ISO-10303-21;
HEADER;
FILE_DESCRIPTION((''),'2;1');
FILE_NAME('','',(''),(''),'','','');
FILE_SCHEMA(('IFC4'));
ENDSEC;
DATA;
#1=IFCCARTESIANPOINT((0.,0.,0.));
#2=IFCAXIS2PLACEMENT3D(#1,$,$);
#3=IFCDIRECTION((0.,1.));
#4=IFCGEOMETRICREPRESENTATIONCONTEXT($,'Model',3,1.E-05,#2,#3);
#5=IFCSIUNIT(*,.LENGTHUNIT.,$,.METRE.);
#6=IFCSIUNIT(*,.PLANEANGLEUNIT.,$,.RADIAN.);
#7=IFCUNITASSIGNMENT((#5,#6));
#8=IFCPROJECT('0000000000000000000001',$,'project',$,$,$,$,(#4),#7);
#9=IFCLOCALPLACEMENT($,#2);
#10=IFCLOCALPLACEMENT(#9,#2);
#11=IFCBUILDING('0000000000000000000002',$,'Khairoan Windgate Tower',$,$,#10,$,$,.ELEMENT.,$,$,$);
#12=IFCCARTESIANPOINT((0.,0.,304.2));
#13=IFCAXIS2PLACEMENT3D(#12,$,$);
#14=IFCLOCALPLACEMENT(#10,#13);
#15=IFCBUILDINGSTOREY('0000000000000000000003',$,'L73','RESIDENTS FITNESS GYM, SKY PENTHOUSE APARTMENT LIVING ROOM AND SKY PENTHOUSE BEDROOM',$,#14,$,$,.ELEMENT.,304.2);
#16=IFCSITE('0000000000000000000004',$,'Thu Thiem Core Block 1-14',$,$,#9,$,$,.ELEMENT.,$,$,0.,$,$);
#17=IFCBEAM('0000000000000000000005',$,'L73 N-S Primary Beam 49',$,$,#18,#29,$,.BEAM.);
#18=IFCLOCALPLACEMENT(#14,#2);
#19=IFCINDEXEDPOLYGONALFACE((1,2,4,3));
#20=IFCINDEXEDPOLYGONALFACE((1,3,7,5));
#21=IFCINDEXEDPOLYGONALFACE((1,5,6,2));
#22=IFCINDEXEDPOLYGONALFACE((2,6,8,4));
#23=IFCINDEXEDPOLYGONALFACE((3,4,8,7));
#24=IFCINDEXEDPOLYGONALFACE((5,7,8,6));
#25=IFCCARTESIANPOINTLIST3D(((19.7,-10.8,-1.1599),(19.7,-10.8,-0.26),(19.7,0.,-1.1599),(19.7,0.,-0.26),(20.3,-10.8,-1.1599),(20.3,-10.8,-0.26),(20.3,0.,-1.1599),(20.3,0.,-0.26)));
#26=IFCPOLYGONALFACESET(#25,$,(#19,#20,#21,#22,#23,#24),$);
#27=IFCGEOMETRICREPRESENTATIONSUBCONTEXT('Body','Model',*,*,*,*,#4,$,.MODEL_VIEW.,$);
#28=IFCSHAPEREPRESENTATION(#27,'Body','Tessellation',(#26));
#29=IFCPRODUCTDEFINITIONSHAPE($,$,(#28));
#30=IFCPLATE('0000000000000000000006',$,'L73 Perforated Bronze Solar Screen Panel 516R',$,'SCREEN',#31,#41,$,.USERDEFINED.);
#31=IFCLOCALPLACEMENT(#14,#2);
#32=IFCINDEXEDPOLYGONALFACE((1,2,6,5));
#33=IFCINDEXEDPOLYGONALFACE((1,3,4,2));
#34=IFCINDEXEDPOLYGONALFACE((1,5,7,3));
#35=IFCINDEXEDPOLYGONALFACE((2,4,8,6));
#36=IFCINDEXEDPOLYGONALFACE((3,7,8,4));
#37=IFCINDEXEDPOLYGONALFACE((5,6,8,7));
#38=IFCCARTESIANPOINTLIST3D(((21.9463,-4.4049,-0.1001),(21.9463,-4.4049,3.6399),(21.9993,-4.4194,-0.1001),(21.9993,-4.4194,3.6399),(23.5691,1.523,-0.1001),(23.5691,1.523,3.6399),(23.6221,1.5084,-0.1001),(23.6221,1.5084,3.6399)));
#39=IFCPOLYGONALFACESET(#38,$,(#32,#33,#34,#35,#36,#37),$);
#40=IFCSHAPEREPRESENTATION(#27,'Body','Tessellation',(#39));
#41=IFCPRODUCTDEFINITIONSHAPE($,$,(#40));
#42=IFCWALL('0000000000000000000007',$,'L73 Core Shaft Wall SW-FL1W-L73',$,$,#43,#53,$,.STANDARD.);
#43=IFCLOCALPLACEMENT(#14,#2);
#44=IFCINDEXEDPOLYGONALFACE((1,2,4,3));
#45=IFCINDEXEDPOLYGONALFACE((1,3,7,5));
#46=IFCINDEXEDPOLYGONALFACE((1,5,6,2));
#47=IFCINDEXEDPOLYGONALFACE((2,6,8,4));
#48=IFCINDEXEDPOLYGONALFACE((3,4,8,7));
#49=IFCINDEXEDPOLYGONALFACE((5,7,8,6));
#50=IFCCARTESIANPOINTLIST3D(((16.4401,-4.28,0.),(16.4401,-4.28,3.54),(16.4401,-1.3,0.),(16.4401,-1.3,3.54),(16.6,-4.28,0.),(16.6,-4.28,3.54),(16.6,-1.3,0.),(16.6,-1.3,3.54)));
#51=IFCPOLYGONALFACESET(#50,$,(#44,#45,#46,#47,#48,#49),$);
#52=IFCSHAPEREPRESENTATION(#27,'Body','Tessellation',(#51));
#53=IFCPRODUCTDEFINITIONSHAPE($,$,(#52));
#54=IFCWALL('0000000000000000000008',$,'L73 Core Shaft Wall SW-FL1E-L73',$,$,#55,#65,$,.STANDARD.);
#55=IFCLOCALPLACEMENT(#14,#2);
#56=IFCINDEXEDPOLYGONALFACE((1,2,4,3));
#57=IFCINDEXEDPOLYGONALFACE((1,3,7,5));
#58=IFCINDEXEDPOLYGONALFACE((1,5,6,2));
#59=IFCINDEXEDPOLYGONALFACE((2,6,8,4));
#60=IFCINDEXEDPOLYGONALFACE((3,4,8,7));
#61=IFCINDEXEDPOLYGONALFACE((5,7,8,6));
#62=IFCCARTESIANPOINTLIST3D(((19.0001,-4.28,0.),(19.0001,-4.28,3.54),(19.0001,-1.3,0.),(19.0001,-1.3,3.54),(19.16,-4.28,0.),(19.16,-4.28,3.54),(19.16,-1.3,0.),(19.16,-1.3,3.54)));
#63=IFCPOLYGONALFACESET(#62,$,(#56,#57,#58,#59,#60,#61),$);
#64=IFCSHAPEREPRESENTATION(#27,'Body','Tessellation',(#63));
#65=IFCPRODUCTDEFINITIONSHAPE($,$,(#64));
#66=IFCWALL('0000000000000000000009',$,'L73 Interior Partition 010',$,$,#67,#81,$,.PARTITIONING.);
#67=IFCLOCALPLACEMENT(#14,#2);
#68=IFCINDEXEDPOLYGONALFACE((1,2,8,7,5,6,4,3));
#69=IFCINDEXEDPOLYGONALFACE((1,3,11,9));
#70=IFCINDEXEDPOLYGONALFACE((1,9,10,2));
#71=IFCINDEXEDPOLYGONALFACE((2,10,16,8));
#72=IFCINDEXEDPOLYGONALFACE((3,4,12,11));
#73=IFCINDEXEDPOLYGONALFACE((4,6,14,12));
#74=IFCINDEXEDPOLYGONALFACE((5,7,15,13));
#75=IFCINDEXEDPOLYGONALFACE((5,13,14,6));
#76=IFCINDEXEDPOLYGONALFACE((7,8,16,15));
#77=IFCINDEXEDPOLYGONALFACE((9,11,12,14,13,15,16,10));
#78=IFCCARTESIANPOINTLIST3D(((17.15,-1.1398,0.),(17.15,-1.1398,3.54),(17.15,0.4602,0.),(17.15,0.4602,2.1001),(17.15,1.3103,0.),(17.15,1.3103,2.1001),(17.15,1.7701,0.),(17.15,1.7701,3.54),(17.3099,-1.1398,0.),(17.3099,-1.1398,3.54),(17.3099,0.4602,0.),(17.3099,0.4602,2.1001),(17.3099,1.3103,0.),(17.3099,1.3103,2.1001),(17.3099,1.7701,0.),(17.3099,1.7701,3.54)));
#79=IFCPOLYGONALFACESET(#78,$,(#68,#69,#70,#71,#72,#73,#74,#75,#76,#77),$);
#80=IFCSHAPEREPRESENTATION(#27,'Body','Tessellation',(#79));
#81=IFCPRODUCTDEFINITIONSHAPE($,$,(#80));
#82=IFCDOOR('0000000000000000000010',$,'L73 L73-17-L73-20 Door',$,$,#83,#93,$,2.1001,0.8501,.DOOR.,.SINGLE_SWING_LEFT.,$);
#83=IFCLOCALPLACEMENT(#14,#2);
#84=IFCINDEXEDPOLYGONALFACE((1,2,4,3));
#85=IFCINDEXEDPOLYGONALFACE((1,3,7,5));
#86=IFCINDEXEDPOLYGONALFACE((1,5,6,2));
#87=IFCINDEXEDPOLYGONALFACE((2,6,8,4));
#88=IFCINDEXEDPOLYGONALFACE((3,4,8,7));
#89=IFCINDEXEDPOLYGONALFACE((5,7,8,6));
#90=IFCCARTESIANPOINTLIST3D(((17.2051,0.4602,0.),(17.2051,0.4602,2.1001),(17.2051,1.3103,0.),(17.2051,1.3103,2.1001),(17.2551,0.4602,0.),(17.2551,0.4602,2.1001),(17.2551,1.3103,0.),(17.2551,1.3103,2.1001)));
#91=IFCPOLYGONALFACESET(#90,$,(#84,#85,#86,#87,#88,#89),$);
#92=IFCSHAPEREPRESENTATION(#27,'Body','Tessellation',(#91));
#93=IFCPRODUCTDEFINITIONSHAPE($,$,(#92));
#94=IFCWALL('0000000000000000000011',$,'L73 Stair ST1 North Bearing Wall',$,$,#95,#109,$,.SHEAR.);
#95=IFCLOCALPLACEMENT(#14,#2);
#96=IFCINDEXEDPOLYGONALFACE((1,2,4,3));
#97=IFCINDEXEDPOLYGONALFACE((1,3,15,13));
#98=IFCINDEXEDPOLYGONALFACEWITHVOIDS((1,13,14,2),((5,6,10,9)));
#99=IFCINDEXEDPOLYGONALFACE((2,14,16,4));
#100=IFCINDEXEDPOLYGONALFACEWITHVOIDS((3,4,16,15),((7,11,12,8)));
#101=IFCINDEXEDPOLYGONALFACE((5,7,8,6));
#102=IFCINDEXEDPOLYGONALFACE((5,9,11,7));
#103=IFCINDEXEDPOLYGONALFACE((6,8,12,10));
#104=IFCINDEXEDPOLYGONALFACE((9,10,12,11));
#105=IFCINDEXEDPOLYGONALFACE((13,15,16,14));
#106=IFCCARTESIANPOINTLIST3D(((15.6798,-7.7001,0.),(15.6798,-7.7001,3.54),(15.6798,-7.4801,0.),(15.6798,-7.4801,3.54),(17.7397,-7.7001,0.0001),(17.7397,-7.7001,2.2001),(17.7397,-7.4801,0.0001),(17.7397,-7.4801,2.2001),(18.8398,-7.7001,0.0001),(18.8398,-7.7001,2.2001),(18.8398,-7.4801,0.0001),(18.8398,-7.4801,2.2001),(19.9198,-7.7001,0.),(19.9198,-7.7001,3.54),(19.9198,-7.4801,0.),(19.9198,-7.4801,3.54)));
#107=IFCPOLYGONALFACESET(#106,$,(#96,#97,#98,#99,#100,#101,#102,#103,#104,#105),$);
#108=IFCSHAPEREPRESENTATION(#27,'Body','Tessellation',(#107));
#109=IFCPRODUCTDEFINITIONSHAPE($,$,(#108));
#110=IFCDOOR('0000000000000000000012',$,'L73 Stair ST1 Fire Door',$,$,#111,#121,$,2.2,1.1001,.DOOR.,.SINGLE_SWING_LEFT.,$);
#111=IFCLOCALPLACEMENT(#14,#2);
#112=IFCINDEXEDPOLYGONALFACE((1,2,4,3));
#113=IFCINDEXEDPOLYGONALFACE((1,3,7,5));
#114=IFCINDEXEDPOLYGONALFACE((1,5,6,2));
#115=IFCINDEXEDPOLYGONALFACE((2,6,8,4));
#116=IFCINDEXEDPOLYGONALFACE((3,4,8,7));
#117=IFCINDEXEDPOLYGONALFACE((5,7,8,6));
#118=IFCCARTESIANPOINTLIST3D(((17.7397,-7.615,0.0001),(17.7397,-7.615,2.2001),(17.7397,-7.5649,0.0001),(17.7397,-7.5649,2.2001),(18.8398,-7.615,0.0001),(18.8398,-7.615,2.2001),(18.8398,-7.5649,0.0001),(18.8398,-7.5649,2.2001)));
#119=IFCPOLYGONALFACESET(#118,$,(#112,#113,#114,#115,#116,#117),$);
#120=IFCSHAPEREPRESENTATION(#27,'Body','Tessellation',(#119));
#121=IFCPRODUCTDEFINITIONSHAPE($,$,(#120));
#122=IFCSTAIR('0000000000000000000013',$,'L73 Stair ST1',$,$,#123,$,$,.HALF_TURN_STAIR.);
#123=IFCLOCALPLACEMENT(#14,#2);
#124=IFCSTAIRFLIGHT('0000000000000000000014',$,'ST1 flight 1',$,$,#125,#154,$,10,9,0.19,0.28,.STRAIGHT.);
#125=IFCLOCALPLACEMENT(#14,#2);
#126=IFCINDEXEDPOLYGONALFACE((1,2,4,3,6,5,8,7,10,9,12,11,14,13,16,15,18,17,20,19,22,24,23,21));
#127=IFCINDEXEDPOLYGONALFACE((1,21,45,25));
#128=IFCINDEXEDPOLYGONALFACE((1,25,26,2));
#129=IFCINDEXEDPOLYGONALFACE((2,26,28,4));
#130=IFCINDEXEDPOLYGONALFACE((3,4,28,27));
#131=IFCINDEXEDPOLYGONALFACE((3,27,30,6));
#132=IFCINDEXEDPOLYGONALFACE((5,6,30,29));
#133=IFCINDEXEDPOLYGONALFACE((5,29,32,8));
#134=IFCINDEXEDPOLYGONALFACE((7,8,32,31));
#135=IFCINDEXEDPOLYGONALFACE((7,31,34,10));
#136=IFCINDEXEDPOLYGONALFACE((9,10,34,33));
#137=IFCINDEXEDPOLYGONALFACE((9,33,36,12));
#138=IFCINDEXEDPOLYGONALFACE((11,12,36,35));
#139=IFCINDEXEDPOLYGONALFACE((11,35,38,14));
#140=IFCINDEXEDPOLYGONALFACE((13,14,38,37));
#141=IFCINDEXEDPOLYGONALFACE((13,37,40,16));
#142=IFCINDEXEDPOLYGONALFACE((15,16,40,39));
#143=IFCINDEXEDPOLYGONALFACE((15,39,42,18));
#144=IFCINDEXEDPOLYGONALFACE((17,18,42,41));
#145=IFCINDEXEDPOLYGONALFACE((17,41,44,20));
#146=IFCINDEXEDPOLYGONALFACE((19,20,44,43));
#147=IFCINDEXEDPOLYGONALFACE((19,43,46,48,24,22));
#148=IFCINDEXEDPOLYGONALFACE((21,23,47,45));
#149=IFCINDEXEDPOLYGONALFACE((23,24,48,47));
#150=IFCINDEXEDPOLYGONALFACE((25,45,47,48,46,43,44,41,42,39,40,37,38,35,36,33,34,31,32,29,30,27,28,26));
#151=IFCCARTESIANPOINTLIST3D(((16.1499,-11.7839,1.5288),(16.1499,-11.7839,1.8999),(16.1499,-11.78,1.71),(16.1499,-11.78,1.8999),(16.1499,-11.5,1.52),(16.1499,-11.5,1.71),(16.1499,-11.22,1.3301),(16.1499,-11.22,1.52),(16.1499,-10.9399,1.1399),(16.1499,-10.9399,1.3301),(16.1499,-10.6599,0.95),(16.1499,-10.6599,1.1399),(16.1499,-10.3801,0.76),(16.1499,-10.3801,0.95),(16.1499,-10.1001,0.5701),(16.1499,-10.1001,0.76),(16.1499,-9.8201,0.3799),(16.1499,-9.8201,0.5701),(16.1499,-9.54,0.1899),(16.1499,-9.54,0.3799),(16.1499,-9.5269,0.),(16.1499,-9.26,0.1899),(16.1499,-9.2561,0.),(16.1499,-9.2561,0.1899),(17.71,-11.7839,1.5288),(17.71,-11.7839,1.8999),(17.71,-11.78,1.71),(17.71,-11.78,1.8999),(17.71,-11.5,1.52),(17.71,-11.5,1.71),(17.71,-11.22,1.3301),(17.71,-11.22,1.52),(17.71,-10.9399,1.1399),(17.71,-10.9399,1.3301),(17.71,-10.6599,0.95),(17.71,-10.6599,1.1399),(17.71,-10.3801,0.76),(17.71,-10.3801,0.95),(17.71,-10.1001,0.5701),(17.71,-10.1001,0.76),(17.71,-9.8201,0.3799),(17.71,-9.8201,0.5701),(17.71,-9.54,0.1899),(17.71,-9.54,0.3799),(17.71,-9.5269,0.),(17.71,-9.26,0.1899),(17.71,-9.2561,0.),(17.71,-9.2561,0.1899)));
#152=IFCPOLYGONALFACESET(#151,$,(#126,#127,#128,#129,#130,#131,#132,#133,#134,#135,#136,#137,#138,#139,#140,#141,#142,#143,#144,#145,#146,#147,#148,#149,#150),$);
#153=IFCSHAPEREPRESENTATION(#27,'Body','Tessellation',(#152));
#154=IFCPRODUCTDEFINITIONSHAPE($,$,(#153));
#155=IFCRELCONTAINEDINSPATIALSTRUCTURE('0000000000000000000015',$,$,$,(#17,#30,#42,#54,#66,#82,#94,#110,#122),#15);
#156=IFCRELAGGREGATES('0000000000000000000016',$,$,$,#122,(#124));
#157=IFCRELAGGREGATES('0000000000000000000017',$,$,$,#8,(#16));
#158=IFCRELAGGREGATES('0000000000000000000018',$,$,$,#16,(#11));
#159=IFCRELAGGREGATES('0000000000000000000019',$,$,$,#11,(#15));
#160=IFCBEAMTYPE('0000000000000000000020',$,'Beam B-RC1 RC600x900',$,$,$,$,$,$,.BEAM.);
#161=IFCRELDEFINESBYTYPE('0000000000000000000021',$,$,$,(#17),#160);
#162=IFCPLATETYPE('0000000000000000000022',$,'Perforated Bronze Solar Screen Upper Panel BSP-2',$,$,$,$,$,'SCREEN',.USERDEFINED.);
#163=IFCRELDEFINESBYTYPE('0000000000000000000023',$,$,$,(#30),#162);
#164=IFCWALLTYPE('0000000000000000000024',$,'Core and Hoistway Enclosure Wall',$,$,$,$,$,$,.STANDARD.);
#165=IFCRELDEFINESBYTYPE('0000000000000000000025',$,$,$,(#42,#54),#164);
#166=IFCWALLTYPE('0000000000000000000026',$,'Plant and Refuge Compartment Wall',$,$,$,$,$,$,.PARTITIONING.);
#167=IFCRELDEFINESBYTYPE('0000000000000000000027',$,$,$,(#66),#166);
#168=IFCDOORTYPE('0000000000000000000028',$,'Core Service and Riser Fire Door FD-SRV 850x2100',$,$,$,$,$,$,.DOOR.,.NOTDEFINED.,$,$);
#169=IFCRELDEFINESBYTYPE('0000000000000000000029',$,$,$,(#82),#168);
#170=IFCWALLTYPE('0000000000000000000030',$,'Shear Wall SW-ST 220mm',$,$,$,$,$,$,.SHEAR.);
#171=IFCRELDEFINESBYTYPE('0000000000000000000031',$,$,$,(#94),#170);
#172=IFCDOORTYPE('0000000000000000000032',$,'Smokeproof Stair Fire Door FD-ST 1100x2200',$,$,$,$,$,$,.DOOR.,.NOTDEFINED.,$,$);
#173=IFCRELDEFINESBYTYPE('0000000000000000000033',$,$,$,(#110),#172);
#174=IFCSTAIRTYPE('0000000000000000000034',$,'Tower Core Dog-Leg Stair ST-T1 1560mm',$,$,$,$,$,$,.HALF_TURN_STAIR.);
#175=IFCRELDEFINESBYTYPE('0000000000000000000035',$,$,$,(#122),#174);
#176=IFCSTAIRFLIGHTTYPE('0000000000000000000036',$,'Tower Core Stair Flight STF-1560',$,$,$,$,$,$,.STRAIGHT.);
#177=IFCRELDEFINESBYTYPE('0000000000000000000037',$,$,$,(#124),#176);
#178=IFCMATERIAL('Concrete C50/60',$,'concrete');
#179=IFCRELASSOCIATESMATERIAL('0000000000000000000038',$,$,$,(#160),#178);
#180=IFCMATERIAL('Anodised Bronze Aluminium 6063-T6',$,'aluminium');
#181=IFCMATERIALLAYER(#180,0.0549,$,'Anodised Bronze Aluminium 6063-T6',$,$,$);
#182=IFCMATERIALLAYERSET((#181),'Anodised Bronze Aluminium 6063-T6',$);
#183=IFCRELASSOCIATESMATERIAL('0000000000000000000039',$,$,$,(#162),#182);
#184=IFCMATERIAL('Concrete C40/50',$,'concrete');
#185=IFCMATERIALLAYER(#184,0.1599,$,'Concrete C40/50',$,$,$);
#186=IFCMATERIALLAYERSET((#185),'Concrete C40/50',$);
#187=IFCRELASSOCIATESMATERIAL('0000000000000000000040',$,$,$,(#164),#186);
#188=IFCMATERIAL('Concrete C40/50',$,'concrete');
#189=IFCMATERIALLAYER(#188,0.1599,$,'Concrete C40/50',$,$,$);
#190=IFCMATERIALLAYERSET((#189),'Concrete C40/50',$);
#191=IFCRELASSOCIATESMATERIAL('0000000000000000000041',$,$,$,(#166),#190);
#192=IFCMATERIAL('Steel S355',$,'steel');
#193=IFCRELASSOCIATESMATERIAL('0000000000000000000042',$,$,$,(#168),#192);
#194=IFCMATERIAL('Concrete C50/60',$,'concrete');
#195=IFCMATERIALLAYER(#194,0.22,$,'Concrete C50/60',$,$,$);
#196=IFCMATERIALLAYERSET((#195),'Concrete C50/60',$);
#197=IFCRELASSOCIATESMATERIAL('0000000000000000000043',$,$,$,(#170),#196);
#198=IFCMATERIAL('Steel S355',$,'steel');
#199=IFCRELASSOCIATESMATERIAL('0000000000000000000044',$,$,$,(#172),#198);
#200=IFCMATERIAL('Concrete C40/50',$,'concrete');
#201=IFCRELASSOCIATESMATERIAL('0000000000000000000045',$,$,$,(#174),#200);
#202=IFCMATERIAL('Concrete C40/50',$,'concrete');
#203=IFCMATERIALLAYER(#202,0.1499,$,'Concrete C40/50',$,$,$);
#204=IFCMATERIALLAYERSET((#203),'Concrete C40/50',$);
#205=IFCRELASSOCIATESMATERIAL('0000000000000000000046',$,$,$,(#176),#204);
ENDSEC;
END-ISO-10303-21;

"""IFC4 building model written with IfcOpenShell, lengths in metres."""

from ifc_helpers import new_model, si_unit, direction, frame, frame_2d, origin, origin_2d, place, context, subcontext, project, spatial, polyline, rectangle, outline, extrude, material, layer, layer_set, material_profile, profile_set, type_object, element, fill, aggregate, save


model = new_model("IFC4")

# Units and contexts
model_context = context("Model", 3, precision=1e-05, world=origin(), true_north=direction((0.0, 1.0)))
body_context = subcontext(model_context, "Body", "Model", "MODEL_VIEW")
ifc_project = project(units=[si_unit("LENGTHUNIT", "METRE"), si_unit("PLANEANGLEUNIT", "RADIAN")], contexts=[model_context])

# Site, building, storey
site_placement = place(None, origin())
site = spatial("IfcSite", under=ifc_project, at=site_placement, Name="Thu Thiem Core Block 1-14", CompositionType="ELEMENT", RefElevation=0.0)
building_placement = place(site_placement, origin())
building = spatial("IfcBuilding", under=site, at=building_placement, Name="Khairoan Windgate Tower", CompositionType="ELEMENT")
storey_placement = place(building_placement, frame((0.0, 0.0, 304.2)))
storey = spatial("IfcBuildingStorey", under=building, at=storey_placement, Name="L73", Description="RESIDENTS FITNESS GYM, SKY PENTHOUSE APARTMENT LIVING ROOM AND SKY PENTHOUSE BEDROOM", CompositionType="ELEMENT", Elevation=304.2)

# Beam
ifc_material_1 = material(Name="Concrete C50/60", Category="concrete")
ifc_material_profile = material_profile(ifc_material_1, rectangle(XDim=0.6001, YDim=0.8999, at=origin_2d()))
ifc_profile_set = profile_set([ifc_material_profile], Name="Concrete C50/60")
beam_type = type_object("IfcBeamType", Name="Beam B-RC1 RC600x900", PredefinedType="BEAM", material=ifc_profile_set)
beam_placement = place(storey_placement, frame((20.0, -10.8, -0.71), z_axis=(0.0, 1.0, 0.0), x_axis=(-1.0, 0.0, 0.0)))
element("IfcBeam", 1, at=beam_placement, inside=storey, type_object=beam_type, Name="L73 N-S Primary Beam 49", PredefinedType="BEAM", context=body_context, shape_type="SweptSolid", body=[
    extrude(rectangle(XDim=0.6001, YDim=0.8999, at=origin_2d()), origin(), (0.0, 0.0, 1.0), 10.8),
])

# Plate
ifc_material_2 = material(Name="Anodised Bronze Aluminium 6063-T6", Category="aluminium")
ifc_layer_1 = layer(ifc_material_2, 0.0549, Name="Anodised Bronze Aluminium 6063-T6")
ifc_layer_set_1 = layer_set([ifc_layer_1], Name="Anodised Bronze Aluminium 6063-T6")
plate_type = type_object("IfcPlateType", Name="Perforated Bronze Solar Screen Upper Panel BSP-2", ElementType="SCREEN", PredefinedType="USERDEFINED", material=ifc_layer_set_1)
plate_placement = place(storey_placement, frame((22.7842, -1.4482, -0.1001), z_axis=(0.0, 0.0, 1.0), x_axis=(-0.264041, -0.964511, 0.0)))
element("IfcPlate", 2, at=plate_placement, inside=storey, type_object=plate_type, Name="L73 Perforated Bronze Solar Screen Panel 516R", ObjectType="SCREEN", PredefinedType="USERDEFINED", context=body_context, shape_type="SweptSolid", body=[
    extrude(rectangle(XDim=6.146, YDim=0.0549, at=origin_2d()), origin(), (0.0, 0.0, 1.0), 3.74),
])

# Walls
ifc_material_3 = material(Name="Concrete C40/50", Category="concrete")
ifc_layer_2 = layer(ifc_material_3, 0.1599, Name="Concrete C40/50")
ifc_layer_set_2 = layer_set([ifc_layer_2], Name="Concrete C40/50")
wall_type_1 = type_object("IfcWallType", Name="Core and Hoistway Enclosure Wall", PredefinedType="STANDARD", material=ifc_layer_set_2)
for number, where, z_axis, x_axis, name in (
    (3, (16.52, -4.28, 0.0), (0.0, 0.0, 1.0), (0.0, 1.0, 0.0), "L73 Core Shaft Wall SW-FL1W-L73"),
    (4, (19.0801, -4.28, 0.0), (0.0, 0.0, 1.0), (0.0, 1.0, 0.0), "L73 Core Shaft Wall SW-FL1E-L73"),
):
    element("IfcWall", number, at=place(storey_placement, frame(where, z_axis=z_axis, x_axis=x_axis)), inside=storey, type_object=wall_type_1, Name=name, PredefinedType="STANDARD", context=body_context, shape_type="SweptSolid", body=[
        extrude(rectangle(XDim=2.98, YDim=0.1599, at=frame_2d((1.49, 0.0))), origin(), (0.0, 0.0, 1.0), 3.54),
    ])

# Walls, openings, doors
ifc_material_4 = material(Name="Concrete C40/50", Category="concrete")
ifc_layer_3 = layer(ifc_material_4, 0.1599, Name="Concrete C40/50")
ifc_layer_set_3 = layer_set([ifc_layer_3], Name="Concrete C40/50")
wall_type_2 = type_object("IfcWallType", Name="Plant and Refuge Compartment Wall", PredefinedType="PARTITIONING", material=ifc_layer_set_3)
wall_1_placement = place(storey_placement, frame((17.23, -1.1399, 0.0), z_axis=(0.0, 0.0, 1.0), x_axis=(0.0, 1.0, 0.0)))
wall_1 = element("IfcWall", 5, at=wall_1_placement, inside=storey, type_object=wall_type_2, Name="L73 Interior Partition 010", PredefinedType="PARTITIONING", context=body_context, shape_type="SweptSolid", body=[
    extrude(rectangle(XDim=2.9099, YDim=0.1599, at=frame_2d((1.4551, 0.0))), origin(), (0.0, 0.0, 1.0), 3.54),
])
opening_1_placement = place(wall_1_placement, frame((1.6001, 0.0, 0.0)))
opening_1 = element("IfcOpeningElement", 6, at=opening_1_placement, cuts=wall_1, PredefinedType="OPENING", context=body_context, shape_type="SweptSolid", body=[
    extrude(rectangle(XDim=0.8501, YDim=2.1001, at=frame_2d((0.425, 1.05))), frame((0.0, 0.0898, 0.0), z_axis=(0.0, -1.0, 0.0), x_axis=(1.0, 0.0, 0.0)), (0.0, 0.0, 1.0), 0.1799),
])
ifc_material_5 = material(Name="Steel S355", Category="steel")
door_type_1 = type_object("IfcDoorType", Name="Core Service and Riser Fire Door FD-SRV 850x2100", OperationType="NOTDEFINED", PredefinedType="DOOR", material=ifc_material_5)
door_1_placement = place(opening_1_placement, origin())
door_1 = element("IfcDoor", 7, at=door_1_placement, inside=storey, type_object=door_type_1, Name="L73 L73-17-L73-20 Door", OperationType="SINGLE_SWING_LEFT", OverallHeight=2.1001, OverallWidth=0.8501, PredefinedType="DOOR", context=body_context, shape_type="SweptSolid", body=[
    extrude(rectangle(XDim=0.8501, YDim=2.1001, at=frame_2d((0.425, 1.05))), frame((0.0, 0.0249, 0.0), z_axis=(0.0, -1.0, 0.0), x_axis=(1.0, 0.0, 0.0)), (0.0, 0.0, 1.0), 0.05),
])
fill(opening_1, door_1)
ifc_material_6 = material(Name="Concrete C50/60", Category="concrete")
ifc_layer_4 = layer(ifc_material_6, 0.22, Name="Concrete C50/60")
ifc_layer_set_4 = layer_set([ifc_layer_4], Name="Concrete C50/60")
wall_type_3 = type_object("IfcWallType", Name="Shear Wall SW-ST 220mm", PredefinedType="SHEAR", material=ifc_layer_set_4)
wall_2_placement = place(storey_placement, frame((19.9199, -7.5901, 0.0), z_axis=(0.0, 0.0, 1.0), x_axis=(-1.0, 0.0, 0.0)))
wall_2 = element("IfcWall", 8, at=wall_2_placement, inside=storey, type_object=wall_type_3, Name="L73 Stair ST1 North Bearing Wall", PredefinedType="SHEAR", context=body_context, shape_type="SweptSolid", body=[
    extrude(rectangle(XDim=4.24, YDim=0.22, at=frame_2d((2.1201, 0.0))), origin(), (0.0, 0.0, 1.0), 3.54),
])
opening_2_placement = place(wall_2_placement, frame((1.0801, 0.0, 0.0)))
opening_2 = element("IfcOpeningElement", 9, at=opening_2_placement, cuts=wall_2, PredefinedType="OPENING", context=body_context, shape_type="SweptSolid", body=[
    extrude(rectangle(XDim=1.1001, YDim=2.2, at=frame_2d((0.55, 1.1001))), frame((0.0, 0.1199, 0.0), z_axis=(0.0, -1.0, 0.0), x_axis=(1.0, 0.0, 0.0)), (0.0, 0.0, 1.0), 0.24),
])
ifc_material_7 = material(Name="Steel S355", Category="steel")
door_type_2 = type_object("IfcDoorType", Name="Smokeproof Stair Fire Door FD-ST 1100x2200", OperationType="NOTDEFINED", PredefinedType="DOOR", material=ifc_material_7)
door_2_placement = place(opening_2_placement, origin())
door_2 = element("IfcDoor", 10, at=door_2_placement, inside=storey, type_object=door_type_2, Name="L73 Stair ST1 Fire Door", OperationType="SINGLE_SWING_LEFT", OverallHeight=2.2, OverallWidth=1.1001, PredefinedType="DOOR", context=body_context, shape_type="SweptSolid", body=[
    extrude(rectangle(XDim=1.1001, YDim=2.2, at=frame_2d((0.55, 1.1001))), frame((0.0, 0.0249, 0.0), z_axis=(0.0, -1.0, 0.0), x_axis=(1.0, 0.0, 0.0)), (0.0, 0.0, 1.0), 0.05),
])
fill(opening_2, door_2)

# Stair, stair flight
ifc_material_8 = material(Name="Concrete C40/50", Category="concrete")
stair_type = type_object("IfcStairType", Name="Tower Core Dog-Leg Stair ST-T1 1560mm", PredefinedType="HALF_TURN_STAIR", material=ifc_material_8)
stair_placement = place(storey_placement, origin())
stair = element("IfcStair", 11, at=stair_placement, inside=storey, type_object=stair_type, Name="L73 Stair ST1", PredefinedType="HALF_TURN_STAIR")
ifc_material_9 = material(Name="Concrete C40/50", Category="concrete")
ifc_layer_5 = layer(ifc_material_9, 0.1499, Name="Concrete C40/50")
ifc_layer_set_5 = layer_set([ifc_layer_5], Name="Concrete C40/50")
stair_flight_type = type_object("IfcStairFlightType", Name="Tower Core Stair Flight STF-1560", PredefinedType="STRAIGHT", material=ifc_layer_set_5)
stair_flight_1_placement = place(storey_placement, frame((16.9299, -9.26, 0.0), z_axis=(0.0, 0.0, 1.0), x_axis=(0.0, -1.0, 0.0)))
stair_flight_1 = element("IfcStairFlight", 12, at=stair_flight_1_placement, type_object=stair_flight_type, Name="ST1 flight 1", NumberOfRisers=10, NumberOfTreads=9, PredefinedType="STRAIGHT", RiserHeight=0.19, TreadLength=0.28, context=body_context, shape_type="SweptSolid", body=[
    extrude(outline(polyline([(-0.0039, 0.0), (-0.0039, 0.1899), (0.0, 0.1899), (0.28, 0.1899), (0.28, 0.3799), (0.5601, 0.3799), (0.5601, 0.5701), (0.8401, 0.5701), (0.8401, 0.76), (1.1201, 0.76), (1.1201, 0.95), (1.3999, 0.95), (1.3999, 1.1399), (1.6799, 1.1399), (1.6799, 1.3301), (1.96, 1.3301), (1.96, 1.52), (2.24, 1.52), (2.24, 1.71), (2.52, 1.71), (2.52, 1.8999), (2.5239, 1.8999), (2.5239, 1.5288), (0.2668, 0.0), (-0.0039, 0.0)])), frame((0.0, 0.78, 0.0), z_axis=(0.0, -1.0, 0.0), x_axis=(1.0, 0.0, 0.0)), (0.0, 0.0, 1.0), 1.5601),
])
aggregate(stair, [stair_flight_1])

save(model, "model.ifc")
